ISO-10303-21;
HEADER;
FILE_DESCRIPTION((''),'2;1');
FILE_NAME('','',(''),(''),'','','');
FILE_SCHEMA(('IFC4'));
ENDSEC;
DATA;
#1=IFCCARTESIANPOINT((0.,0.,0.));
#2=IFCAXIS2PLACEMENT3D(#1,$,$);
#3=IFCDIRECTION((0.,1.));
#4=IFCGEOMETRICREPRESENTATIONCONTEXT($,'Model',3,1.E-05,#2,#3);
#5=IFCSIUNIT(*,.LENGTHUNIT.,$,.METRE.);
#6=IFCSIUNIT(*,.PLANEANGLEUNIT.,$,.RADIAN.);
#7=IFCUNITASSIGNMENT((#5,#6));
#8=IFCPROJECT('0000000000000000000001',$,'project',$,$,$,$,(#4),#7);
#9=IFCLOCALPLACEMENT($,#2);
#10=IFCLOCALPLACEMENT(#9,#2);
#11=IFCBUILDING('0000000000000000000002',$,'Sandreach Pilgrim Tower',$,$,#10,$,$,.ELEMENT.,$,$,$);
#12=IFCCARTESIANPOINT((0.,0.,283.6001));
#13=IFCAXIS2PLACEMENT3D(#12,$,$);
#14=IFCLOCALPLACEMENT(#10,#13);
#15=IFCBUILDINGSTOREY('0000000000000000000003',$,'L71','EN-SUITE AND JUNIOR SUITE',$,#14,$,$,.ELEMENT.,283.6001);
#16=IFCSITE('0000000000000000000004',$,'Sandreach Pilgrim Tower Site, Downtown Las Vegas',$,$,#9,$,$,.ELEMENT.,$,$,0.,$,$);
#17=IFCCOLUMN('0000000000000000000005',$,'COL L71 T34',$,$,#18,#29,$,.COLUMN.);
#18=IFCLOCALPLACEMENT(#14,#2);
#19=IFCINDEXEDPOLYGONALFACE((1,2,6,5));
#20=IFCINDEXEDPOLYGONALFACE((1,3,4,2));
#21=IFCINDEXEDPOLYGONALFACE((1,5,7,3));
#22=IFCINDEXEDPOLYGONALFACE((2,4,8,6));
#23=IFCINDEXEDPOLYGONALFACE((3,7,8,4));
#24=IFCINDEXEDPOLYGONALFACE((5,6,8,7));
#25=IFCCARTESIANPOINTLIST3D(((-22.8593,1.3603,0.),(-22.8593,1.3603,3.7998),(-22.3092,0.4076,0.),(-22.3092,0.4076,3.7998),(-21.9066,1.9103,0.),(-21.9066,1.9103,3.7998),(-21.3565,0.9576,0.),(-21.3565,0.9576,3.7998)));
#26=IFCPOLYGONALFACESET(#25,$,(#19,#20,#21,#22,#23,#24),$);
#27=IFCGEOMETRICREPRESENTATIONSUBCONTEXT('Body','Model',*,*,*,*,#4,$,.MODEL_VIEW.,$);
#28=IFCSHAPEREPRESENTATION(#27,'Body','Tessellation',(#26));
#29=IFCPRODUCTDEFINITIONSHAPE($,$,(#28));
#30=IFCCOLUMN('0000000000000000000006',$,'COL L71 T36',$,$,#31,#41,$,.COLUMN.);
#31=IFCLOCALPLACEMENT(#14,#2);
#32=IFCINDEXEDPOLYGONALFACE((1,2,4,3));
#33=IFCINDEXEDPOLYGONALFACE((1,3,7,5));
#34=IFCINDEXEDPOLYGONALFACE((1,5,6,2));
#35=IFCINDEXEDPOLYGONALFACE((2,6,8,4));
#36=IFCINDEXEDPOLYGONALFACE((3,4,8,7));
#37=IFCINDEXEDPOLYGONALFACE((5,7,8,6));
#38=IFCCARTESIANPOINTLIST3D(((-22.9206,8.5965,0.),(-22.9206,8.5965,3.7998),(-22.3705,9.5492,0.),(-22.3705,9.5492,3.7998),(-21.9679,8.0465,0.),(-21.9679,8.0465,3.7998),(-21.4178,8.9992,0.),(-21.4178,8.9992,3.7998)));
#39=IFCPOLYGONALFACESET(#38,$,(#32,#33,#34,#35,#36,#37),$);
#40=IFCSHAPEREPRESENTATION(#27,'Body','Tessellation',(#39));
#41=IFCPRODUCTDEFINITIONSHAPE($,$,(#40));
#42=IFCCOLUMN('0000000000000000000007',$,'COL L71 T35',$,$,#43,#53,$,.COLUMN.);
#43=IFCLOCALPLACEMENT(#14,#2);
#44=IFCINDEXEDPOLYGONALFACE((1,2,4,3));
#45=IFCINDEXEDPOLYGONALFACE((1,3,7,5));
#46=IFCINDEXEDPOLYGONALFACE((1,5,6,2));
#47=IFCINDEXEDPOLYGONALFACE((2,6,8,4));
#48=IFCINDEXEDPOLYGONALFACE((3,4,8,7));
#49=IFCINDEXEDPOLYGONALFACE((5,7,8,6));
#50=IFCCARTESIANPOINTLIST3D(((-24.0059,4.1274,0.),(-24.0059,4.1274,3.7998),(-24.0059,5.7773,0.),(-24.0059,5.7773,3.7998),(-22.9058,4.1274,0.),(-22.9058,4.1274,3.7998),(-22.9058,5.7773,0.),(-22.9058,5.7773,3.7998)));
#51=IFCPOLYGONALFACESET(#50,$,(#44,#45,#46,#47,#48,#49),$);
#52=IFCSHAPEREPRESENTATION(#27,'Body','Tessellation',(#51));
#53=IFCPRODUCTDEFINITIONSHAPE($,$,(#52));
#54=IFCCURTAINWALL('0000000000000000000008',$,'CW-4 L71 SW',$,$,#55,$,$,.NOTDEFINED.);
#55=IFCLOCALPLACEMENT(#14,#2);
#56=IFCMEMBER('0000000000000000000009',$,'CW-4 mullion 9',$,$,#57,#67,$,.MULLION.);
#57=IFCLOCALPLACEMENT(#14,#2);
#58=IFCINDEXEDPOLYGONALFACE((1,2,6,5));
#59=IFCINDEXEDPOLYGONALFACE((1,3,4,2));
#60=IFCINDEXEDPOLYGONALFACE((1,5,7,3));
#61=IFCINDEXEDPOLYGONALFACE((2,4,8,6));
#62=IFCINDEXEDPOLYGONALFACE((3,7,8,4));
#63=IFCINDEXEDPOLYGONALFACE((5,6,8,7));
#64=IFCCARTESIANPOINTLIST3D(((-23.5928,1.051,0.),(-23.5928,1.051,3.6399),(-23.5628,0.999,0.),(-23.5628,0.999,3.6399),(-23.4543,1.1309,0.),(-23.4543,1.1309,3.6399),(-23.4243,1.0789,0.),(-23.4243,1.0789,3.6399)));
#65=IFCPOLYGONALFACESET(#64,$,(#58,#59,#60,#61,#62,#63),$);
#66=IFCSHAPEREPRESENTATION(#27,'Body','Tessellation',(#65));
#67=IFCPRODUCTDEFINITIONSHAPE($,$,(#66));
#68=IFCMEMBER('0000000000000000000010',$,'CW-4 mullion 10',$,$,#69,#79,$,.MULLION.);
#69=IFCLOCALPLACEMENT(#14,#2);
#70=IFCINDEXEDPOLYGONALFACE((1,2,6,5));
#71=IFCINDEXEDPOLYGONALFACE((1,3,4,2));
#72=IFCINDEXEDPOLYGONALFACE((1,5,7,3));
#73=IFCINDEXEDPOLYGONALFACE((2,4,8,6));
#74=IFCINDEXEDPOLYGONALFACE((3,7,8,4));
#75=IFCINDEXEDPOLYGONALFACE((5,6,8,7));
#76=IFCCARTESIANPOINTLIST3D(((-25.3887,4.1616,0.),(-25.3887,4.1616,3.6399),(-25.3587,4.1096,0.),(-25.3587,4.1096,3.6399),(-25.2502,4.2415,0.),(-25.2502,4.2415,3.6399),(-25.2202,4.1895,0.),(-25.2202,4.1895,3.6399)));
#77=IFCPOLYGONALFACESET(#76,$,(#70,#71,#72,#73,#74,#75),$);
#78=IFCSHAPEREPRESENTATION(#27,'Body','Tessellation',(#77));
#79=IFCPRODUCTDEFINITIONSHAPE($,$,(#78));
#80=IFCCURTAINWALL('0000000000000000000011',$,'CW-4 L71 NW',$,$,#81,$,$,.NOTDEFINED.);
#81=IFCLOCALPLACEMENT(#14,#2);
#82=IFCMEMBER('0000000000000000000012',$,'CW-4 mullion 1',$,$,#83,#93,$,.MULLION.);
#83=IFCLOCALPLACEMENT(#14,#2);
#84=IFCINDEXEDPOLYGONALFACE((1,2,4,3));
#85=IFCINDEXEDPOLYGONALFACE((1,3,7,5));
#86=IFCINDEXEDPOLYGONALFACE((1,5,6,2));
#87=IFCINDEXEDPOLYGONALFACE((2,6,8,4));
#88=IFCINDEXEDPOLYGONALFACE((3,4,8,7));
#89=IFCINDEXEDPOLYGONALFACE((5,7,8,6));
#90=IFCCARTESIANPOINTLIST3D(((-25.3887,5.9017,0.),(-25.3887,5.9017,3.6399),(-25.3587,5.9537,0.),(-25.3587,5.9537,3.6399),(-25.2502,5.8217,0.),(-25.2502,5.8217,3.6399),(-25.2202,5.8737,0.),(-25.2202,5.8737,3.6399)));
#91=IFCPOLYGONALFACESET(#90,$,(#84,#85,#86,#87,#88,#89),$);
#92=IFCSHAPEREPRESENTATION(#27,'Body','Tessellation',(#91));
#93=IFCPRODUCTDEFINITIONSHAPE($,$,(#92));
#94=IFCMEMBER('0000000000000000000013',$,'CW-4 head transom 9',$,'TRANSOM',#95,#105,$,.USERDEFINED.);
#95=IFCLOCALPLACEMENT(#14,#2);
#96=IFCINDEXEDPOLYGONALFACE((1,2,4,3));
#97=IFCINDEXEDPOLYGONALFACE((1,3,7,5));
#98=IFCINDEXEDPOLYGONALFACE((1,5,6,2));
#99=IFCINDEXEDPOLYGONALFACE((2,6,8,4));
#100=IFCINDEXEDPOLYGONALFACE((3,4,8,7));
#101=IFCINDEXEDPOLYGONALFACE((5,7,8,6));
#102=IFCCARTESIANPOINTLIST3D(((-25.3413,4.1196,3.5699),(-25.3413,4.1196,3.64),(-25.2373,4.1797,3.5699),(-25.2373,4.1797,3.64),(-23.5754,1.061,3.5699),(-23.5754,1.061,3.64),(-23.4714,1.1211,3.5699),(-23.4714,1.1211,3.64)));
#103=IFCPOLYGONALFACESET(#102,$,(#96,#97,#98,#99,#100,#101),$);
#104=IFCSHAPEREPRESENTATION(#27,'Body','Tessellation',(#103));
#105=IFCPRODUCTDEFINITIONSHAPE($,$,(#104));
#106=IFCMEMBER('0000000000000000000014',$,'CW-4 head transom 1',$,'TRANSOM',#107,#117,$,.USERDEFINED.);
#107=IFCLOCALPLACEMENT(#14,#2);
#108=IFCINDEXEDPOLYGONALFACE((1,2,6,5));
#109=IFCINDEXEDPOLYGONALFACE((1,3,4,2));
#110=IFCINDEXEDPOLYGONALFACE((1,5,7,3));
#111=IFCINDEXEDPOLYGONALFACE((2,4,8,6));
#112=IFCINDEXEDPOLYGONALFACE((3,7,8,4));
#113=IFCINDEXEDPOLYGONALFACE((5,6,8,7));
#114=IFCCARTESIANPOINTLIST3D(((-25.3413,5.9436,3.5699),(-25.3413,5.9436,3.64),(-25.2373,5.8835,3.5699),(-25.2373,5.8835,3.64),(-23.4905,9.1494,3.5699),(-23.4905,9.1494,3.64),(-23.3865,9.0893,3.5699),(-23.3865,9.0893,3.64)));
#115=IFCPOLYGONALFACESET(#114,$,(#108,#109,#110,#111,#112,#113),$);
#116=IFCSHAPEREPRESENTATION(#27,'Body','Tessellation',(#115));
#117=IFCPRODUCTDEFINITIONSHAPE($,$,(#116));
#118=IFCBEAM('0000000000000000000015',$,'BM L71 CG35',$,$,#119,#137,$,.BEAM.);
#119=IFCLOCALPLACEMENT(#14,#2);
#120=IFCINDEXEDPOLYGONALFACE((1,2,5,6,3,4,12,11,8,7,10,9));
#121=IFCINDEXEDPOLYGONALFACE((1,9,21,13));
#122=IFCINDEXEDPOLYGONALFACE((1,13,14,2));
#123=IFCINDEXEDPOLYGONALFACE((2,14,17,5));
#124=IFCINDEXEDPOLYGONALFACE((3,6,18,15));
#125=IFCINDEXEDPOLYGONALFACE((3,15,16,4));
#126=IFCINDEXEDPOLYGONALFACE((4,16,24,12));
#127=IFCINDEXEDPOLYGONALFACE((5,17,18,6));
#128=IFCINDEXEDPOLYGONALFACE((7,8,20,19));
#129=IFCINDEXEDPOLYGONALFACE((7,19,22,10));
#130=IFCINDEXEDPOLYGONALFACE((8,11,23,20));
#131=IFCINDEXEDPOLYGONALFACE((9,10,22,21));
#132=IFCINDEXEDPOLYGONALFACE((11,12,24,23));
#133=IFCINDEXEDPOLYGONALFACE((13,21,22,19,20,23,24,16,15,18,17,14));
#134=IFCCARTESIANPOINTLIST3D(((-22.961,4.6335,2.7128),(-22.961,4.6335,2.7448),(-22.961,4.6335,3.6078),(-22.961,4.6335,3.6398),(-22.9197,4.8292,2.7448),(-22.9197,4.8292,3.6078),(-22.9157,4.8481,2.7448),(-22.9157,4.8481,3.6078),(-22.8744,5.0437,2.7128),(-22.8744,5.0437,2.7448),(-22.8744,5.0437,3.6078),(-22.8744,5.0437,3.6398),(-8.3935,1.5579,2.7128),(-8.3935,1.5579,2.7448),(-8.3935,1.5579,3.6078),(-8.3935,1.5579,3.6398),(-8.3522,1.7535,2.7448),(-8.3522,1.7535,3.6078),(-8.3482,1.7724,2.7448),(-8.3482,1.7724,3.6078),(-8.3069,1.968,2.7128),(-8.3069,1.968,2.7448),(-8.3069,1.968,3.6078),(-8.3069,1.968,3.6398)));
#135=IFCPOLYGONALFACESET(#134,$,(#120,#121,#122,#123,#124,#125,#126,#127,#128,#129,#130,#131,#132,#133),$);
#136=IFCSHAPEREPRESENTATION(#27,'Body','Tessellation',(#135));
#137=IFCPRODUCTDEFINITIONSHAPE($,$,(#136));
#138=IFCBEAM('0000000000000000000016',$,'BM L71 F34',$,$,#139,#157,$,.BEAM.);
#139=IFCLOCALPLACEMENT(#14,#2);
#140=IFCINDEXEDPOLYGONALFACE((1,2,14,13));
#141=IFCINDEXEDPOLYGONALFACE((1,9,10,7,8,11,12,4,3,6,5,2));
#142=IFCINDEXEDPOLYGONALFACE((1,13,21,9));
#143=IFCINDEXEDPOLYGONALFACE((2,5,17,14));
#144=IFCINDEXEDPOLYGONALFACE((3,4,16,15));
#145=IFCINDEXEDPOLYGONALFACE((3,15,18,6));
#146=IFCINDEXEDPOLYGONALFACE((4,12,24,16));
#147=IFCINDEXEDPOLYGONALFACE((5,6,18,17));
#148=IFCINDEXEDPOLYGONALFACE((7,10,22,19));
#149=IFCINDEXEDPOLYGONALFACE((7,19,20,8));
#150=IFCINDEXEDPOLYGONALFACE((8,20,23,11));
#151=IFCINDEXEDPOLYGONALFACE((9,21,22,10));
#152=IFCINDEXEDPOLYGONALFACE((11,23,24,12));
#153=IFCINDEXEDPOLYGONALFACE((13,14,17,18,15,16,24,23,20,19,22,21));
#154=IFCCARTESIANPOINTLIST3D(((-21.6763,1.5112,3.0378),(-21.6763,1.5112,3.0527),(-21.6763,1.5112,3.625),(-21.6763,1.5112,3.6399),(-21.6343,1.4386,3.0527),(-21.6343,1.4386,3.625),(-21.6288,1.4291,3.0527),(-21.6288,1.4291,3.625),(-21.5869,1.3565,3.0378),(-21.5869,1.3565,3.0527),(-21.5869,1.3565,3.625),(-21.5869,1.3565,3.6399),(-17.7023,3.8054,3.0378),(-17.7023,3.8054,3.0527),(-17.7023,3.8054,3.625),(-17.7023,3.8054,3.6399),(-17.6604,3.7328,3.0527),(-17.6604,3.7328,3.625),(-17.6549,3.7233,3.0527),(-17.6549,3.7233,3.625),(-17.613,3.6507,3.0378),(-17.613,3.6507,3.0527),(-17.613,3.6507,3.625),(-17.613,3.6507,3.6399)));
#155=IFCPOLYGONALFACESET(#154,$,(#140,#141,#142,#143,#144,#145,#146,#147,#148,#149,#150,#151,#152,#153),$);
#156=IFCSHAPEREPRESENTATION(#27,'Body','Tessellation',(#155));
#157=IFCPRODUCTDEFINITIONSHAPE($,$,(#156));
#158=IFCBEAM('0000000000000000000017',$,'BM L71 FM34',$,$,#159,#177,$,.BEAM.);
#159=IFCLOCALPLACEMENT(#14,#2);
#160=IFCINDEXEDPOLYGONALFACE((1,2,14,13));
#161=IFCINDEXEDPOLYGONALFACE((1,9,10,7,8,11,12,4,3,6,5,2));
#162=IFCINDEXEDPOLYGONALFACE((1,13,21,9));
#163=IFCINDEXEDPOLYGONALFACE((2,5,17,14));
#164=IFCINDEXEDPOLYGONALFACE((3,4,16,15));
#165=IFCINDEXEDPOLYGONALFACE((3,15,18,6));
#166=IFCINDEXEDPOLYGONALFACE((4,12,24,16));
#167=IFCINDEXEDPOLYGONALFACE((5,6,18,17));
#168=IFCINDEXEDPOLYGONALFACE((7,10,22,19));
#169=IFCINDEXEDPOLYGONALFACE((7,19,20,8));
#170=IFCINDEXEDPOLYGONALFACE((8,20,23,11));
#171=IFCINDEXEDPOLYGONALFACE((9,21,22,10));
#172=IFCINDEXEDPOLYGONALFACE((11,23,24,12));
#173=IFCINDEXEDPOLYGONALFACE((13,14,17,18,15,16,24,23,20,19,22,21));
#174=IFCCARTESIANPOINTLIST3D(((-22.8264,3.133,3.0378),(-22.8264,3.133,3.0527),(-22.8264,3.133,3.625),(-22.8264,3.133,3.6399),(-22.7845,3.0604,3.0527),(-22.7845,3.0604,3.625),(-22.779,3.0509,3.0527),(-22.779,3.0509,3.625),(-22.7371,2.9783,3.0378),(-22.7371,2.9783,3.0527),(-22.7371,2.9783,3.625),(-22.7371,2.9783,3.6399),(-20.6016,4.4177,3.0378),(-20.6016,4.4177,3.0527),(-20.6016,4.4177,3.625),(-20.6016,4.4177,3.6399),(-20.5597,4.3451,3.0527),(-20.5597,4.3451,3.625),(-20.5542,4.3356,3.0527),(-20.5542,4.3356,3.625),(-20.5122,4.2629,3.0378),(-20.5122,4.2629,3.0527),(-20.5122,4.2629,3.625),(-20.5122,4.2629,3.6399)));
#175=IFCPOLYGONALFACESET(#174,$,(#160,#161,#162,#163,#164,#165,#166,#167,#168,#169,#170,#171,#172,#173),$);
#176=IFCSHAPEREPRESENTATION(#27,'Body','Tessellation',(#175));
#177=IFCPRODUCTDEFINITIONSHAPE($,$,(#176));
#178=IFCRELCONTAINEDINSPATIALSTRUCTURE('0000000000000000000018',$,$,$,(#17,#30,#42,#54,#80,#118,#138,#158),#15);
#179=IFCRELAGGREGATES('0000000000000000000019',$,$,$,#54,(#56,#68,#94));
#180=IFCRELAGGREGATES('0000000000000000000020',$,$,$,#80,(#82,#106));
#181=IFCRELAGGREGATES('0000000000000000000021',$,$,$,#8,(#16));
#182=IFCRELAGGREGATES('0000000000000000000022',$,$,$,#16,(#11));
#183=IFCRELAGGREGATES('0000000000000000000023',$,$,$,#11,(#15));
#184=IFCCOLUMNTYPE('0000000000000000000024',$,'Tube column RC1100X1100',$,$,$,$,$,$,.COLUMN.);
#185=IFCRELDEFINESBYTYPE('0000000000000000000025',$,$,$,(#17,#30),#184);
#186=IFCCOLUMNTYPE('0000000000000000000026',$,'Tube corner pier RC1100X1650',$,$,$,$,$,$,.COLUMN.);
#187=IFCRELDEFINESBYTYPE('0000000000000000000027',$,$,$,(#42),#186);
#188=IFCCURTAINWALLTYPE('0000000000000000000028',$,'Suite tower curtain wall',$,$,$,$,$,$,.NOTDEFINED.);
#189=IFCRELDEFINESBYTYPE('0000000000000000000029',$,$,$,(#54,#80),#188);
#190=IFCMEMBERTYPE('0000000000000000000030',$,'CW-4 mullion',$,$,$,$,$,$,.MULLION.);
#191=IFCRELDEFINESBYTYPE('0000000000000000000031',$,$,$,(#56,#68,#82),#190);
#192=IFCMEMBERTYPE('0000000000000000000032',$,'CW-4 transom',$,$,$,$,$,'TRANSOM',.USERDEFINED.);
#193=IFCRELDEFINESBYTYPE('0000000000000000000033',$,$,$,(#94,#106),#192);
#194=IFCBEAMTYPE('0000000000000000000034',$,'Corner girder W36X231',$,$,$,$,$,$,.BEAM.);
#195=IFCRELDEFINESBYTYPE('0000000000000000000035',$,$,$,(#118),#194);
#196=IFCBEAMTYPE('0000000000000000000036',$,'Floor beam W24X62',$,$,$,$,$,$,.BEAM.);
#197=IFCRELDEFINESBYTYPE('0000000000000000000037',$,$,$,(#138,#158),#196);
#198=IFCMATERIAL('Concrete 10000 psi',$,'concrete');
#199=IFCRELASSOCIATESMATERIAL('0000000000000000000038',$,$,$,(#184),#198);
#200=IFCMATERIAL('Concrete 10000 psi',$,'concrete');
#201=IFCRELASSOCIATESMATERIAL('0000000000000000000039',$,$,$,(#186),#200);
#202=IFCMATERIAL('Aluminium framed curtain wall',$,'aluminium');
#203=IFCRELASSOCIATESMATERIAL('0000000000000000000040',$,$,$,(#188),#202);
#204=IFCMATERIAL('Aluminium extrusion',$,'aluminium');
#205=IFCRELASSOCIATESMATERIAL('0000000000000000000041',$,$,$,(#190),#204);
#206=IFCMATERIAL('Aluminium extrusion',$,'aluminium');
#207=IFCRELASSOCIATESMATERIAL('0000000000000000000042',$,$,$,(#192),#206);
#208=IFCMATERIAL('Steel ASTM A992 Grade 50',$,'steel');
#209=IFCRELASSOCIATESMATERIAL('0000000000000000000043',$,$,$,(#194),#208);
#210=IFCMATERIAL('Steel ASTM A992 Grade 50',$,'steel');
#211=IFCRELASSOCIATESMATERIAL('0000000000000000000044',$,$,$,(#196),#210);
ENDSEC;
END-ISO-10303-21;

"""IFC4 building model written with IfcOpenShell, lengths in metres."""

from ifc_helpers import new_model, si_unit, direction, frame, origin, origin_2d, place, context, subcontext, project, spatial, rectangle, i_section, extrude, material, material_profile, profile_set, type_object, element, aggregate, save


model = new_model("IFC4")

# Units and contexts
model_context = context("Model", 3, precision=1e-05, world=origin(), true_north=direction((0.0, 1.0)))
body_context = subcontext(model_context, "Body", "Model", "MODEL_VIEW")
ifc_project = project(units=[si_unit("LENGTHUNIT", "METRE"), si_unit("PLANEANGLEUNIT", "RADIAN")], contexts=[model_context])

# Site, building, storey
site_placement = place(None, origin())
site = spatial("IfcSite", under=ifc_project, at=site_placement, Name="Sandreach Pilgrim Tower Site, Downtown Las Vegas", CompositionType="ELEMENT", RefElevation=0.0)
building_placement = place(site_placement, origin())
building = spatial("IfcBuilding", under=site, at=building_placement, Name="Sandreach Pilgrim Tower", CompositionType="ELEMENT")
storey_placement = place(building_placement, frame((0.0, 0.0, 283.6001)))
storey = spatial("IfcBuildingStorey", under=building, at=storey_placement, Name="L71", Description="EN-SUITE AND JUNIOR SUITE", CompositionType="ELEMENT", Elevation=283.6001)

# Columns
ifc_material_1 = material(Name="Concrete 10000 psi", Category="concrete")
ifc_material_profile_1 = material_profile(ifc_material_1, rectangle(XDim=1.1001, YDim=1.1001, at=origin_2d()), Name="RC1100X1100")
ifc_profile_set_1 = profile_set([ifc_material_profile_1], Name="Concrete 10000 psi")
column_type_1 = type_object("IfcColumnType", Name="Tube column RC1100X1100", PredefinedType="COLUMN", material=ifc_profile_set_1)
for number, where, z_axis, x_axis, name in (
    (1, (-22.1079, 1.1589, 0.0), (0.0, 0.0, 1.0), (-0.866025, -0.5, 0.0), "COL L71 T34"),
    (2, (-22.1692, 8.7979, 0.0), (0.0, 0.0, 1.0), (-0.866025, 0.5, 0.0), "COL L71 T36"),
):
    element("IfcColumn", number, at=place(storey_placement, frame(where, z_axis=z_axis, x_axis=x_axis)), inside=storey, type_object=column_type_1, Name=name, PredefinedType="COLUMN", context=body_context, shape_type="SweptSolid", body=[
        extrude(rectangle(XDim=1.1001, YDim=1.1001, at=origin_2d()), origin(), (0.0, 0.0, 1.0), 3.7998),
    ])
ifc_material_2 = material(Name="Concrete 10000 psi", Category="concrete")
ifc_material_profile_2 = material_profile(ifc_material_2, rectangle(XDim=1.1001, YDim=1.6499, at=origin_2d()), Name="RC1100X1650")
ifc_profile_set_2 = profile_set([ifc_material_profile_2], Name="Concrete 10000 psi")
column_type_2 = type_object("IfcColumnType", Name="Tube corner pier RC1100X1650", PredefinedType="COLUMN", material=ifc_profile_set_2)
column_placement = place(storey_placement, frame((-23.4558, 4.9524, 0.0), z_axis=(0.0, 0.0, 1.0), x_axis=(-1.0, 0.0, 0.0)))
element("IfcColumn", 3, at=column_placement, inside=storey, type_object=column_type_2, Name="COL L71 T35", PredefinedType="COLUMN", context=body_context, shape_type="SweptSolid", body=[
    extrude(rectangle(XDim=1.1001, YDim=1.6499, at=origin_2d()), origin(), (0.0, 0.0, 1.0), 3.7998),
])

# Curtain wall, members
ifc_material_3 = material(Name="Aluminium framed curtain wall", Category="aluminium")
curtain_wall_type = type_object("IfcCurtainWallType", Name="Suite tower curtain wall", PredefinedType="NOTDEFINED", material=ifc_material_3)
curtain_wall_1_placement = place(storey_placement, origin())
curtain_wall_1 = element("IfcCurtainWall", 4, at=curtain_wall_1_placement, inside=storey, type_object=curtain_wall_type, Name="CW-4 L71 SW", PredefinedType="NOTDEFINED")
ifc_material_4 = material(Name="Aluminium extrusion", Category="aluminium")
ifc_material_profile_3 = material_profile(ifc_material_4, rectangle(XDim=0.0601, YDim=0.1599, at=origin_2d()), Name="CW-4M 60X160")
ifc_profile_set_3 = profile_set([ifc_material_profile_3], Name="Aluminium extrusion")
member_type_1 = type_object("IfcMemberType", Name="CW-4 mullion", PredefinedType="MULLION", material=ifc_profile_set_3)
member_1_placement = place(storey_placement, frame((-23.5085, 1.0649, 0.0), z_axis=(0.0, 0.0, 1.0), x_axis=(-0.5, 0.866025, 0.0)))
member_1 = element("IfcMember", 5, at=member_1_placement, type_object=member_type_1, Name="CW-4 mullion 9", PredefinedType="MULLION", context=body_context, shape_type="SweptSolid", body=[
    extrude(rectangle(XDim=0.0601, YDim=0.1599, at=origin_2d()), origin(), (0.0, 0.0, 1.0), 3.6399),
])
member_2_placement = place(storey_placement, frame((-25.3044, 4.1755, 0.0), z_axis=(0.0, 0.0, 1.0), x_axis=(-0.5, 0.866025, 0.0)))
member_2 = element("IfcMember", 6, at=member_2_placement, type_object=member_type_1, Name="CW-4 mullion 10", PredefinedType="MULLION", context=body_context, shape_type="SweptSolid", body=[
    extrude(rectangle(XDim=0.0601, YDim=0.1599, at=origin_2d()), origin(), (0.0, 0.0, 1.0), 3.6399),
])

# Curtain wall, member
curtain_wall_2_placement = place(storey_placement, origin())
curtain_wall_2 = element("IfcCurtainWall", 7, at=curtain_wall_2_placement, inside=storey, type_object=curtain_wall_type, Name="CW-4 L71 NW", PredefinedType="NOTDEFINED")
member_3_placement = place(storey_placement, frame((-25.3044, 5.8877, 0.0), z_axis=(0.0, 0.0, 1.0), x_axis=(0.5, 0.866025, 0.0)))
member_3 = element("IfcMember", 8, at=member_3_placement, type_object=member_type_1, Name="CW-4 mullion 1", PredefinedType="MULLION", context=body_context, shape_type="SweptSolid", body=[
    extrude(rectangle(XDim=0.0601, YDim=0.1599, at=origin_2d()), origin(), (0.0, 0.0, 1.0), 3.6399),
])

# Members
ifc_material_5 = material(Name="Aluminium extrusion", Category="aluminium")
ifc_material_profile_4 = material_profile(ifc_material_5, rectangle(XDim=0.1201, YDim=0.0701, at=origin_2d()), Name="CW-4T 120X70")
ifc_profile_set_4 = profile_set([ifc_material_profile_4], Name="Aluminium extrusion")
member_type_2 = type_object("IfcMemberType", Name="CW-4 transom", ElementType="TRANSOM", PredefinedType="USERDEFINED", material=ifc_profile_set_4)
member_4_placement = place(storey_placement, frame((-23.5234, 1.0911, 3.605), z_axis=(-0.499998, 0.866027, 0.0), x_axis=(-0.866027, -0.499998, 0.0)))
member_4 = element("IfcMember", 9, at=member_4_placement, type_object=member_type_2, Name="CW-4 head transom 9", ObjectType="TRANSOM", PredefinedType="USERDEFINED", context=body_context, shape_type="SweptSolid", body=[
    extrude(rectangle(XDim=0.1201, YDim=0.0701, at=origin_2d()), origin(), (0.0, 0.0, 1.0), 3.5317),
])
member_5_placement = place(storey_placement, frame((-25.2893, 5.9136, 3.605), z_axis=(0.499991, 0.866031, 0.0), x_axis=(-0.866031, 0.499991, 0.0)))
member_5 = element("IfcMember", 10, at=member_5_placement, type_object=member_type_2, Name="CW-4 head transom 1", ObjectType="TRANSOM", PredefinedType="USERDEFINED", context=body_context, shape_type="SweptSolid", body=[
    extrude(rectangle(XDim=0.1201, YDim=0.0701, at=origin_2d()), origin(), (0.0, 0.0, 1.0), 3.7017),
])

# Beams
ifc_material_6 = material(Name="Steel ASTM A992 Grade 50", Category="steel")
ifc_material_profile_5 = material_profile(ifc_material_6, i_section(OverallWidth=0.4192, OverallDepth=0.927, WebThickness=0.0193, FlangeThickness=0.032, at=origin_2d()), Name="W36X231")
ifc_profile_set_5 = profile_set([ifc_material_profile_5], Name="Steel ASTM A992 Grade 50")
beam_type_1 = type_object("IfcBeamType", Name="Corner girder W36X231", PredefinedType="BEAM", material=ifc_profile_set_5)
beam_1_placement = place(storey_placement, frame((-22.9177, 4.8386, 3.1763), z_axis=(0.97843, -0.206577, 0.0), x_axis=(0.206577, 0.97843, 0.0)))
element("IfcBeam", 11, at=beam_1_placement, inside=storey, type_object=beam_type_1, Name="BM L71 CG35", PredefinedType="BEAM", context=body_context, shape_type="SweptSolid", body=[
    extrude(i_section(OverallWidth=0.4192, OverallDepth=0.927, WebThickness=0.0193, FlangeThickness=0.032, at=origin_2d()), origin(), (0.0, 0.0, 1.0), 14.8887),
])
ifc_material_7 = material(Name="Steel ASTM A992 Grade 50", Category="steel")
ifc_material_profile_6 = material_profile(ifc_material_7, i_section(OverallWidth=0.1787, OverallDepth=0.6021, WebThickness=0.011, FlangeThickness=0.0149, at=origin_2d()), Name="W24X62")
ifc_profile_set_6 = profile_set([ifc_material_profile_6], Name="Steel ASTM A992 Grade 50")
beam_type_2 = type_object("IfcBeamType", Name="Floor beam W24X62", PredefinedType="BEAM", material=ifc_profile_set_6)
beam_2_placement = place(storey_placement, frame((-21.6316, 1.4338, 3.3389), z_axis=(0.866038, 0.499979, 0.0), x_axis=(-0.499979, 0.866038, 0.0)))
element("IfcBeam", 12, at=beam_2_placement, inside=storey, type_object=beam_type_2, Name="BM L71 F34", PredefinedType="BEAM", context=body_context, shape_type="SweptSolid", body=[
    extrude(i_section(OverallWidth=0.1787, OverallDepth=0.6021, WebThickness=0.011, FlangeThickness=0.0149, at=origin_2d()), origin(), (0.0, 0.0, 1.0), 4.5886),
])
beam_3_placement = place(storey_placement, frame((-22.7817, 3.0557, 3.3389), z_axis=(0.866, 0.500043, 0.0), x_axis=(-0.500043, 0.866, 0.0)))
element("IfcBeam", 13, at=beam_3_placement, inside=storey, type_object=beam_type_2, Name="BM L71 FM34", PredefinedType="BEAM", context=body_context, shape_type="SweptSolid", body=[
    extrude(i_section(OverallWidth=0.1787, OverallDepth=0.6021, WebThickness=0.011, FlangeThickness=0.0149, at=origin_2d()), origin(), (0.0, 0.0, 1.0), 2.5691),
])

aggregate(curtain_wall_1, [member_1, member_2, member_4])
aggregate(curtain_wall_2, [member_3, member_5])

save(model, "model.ifc")
